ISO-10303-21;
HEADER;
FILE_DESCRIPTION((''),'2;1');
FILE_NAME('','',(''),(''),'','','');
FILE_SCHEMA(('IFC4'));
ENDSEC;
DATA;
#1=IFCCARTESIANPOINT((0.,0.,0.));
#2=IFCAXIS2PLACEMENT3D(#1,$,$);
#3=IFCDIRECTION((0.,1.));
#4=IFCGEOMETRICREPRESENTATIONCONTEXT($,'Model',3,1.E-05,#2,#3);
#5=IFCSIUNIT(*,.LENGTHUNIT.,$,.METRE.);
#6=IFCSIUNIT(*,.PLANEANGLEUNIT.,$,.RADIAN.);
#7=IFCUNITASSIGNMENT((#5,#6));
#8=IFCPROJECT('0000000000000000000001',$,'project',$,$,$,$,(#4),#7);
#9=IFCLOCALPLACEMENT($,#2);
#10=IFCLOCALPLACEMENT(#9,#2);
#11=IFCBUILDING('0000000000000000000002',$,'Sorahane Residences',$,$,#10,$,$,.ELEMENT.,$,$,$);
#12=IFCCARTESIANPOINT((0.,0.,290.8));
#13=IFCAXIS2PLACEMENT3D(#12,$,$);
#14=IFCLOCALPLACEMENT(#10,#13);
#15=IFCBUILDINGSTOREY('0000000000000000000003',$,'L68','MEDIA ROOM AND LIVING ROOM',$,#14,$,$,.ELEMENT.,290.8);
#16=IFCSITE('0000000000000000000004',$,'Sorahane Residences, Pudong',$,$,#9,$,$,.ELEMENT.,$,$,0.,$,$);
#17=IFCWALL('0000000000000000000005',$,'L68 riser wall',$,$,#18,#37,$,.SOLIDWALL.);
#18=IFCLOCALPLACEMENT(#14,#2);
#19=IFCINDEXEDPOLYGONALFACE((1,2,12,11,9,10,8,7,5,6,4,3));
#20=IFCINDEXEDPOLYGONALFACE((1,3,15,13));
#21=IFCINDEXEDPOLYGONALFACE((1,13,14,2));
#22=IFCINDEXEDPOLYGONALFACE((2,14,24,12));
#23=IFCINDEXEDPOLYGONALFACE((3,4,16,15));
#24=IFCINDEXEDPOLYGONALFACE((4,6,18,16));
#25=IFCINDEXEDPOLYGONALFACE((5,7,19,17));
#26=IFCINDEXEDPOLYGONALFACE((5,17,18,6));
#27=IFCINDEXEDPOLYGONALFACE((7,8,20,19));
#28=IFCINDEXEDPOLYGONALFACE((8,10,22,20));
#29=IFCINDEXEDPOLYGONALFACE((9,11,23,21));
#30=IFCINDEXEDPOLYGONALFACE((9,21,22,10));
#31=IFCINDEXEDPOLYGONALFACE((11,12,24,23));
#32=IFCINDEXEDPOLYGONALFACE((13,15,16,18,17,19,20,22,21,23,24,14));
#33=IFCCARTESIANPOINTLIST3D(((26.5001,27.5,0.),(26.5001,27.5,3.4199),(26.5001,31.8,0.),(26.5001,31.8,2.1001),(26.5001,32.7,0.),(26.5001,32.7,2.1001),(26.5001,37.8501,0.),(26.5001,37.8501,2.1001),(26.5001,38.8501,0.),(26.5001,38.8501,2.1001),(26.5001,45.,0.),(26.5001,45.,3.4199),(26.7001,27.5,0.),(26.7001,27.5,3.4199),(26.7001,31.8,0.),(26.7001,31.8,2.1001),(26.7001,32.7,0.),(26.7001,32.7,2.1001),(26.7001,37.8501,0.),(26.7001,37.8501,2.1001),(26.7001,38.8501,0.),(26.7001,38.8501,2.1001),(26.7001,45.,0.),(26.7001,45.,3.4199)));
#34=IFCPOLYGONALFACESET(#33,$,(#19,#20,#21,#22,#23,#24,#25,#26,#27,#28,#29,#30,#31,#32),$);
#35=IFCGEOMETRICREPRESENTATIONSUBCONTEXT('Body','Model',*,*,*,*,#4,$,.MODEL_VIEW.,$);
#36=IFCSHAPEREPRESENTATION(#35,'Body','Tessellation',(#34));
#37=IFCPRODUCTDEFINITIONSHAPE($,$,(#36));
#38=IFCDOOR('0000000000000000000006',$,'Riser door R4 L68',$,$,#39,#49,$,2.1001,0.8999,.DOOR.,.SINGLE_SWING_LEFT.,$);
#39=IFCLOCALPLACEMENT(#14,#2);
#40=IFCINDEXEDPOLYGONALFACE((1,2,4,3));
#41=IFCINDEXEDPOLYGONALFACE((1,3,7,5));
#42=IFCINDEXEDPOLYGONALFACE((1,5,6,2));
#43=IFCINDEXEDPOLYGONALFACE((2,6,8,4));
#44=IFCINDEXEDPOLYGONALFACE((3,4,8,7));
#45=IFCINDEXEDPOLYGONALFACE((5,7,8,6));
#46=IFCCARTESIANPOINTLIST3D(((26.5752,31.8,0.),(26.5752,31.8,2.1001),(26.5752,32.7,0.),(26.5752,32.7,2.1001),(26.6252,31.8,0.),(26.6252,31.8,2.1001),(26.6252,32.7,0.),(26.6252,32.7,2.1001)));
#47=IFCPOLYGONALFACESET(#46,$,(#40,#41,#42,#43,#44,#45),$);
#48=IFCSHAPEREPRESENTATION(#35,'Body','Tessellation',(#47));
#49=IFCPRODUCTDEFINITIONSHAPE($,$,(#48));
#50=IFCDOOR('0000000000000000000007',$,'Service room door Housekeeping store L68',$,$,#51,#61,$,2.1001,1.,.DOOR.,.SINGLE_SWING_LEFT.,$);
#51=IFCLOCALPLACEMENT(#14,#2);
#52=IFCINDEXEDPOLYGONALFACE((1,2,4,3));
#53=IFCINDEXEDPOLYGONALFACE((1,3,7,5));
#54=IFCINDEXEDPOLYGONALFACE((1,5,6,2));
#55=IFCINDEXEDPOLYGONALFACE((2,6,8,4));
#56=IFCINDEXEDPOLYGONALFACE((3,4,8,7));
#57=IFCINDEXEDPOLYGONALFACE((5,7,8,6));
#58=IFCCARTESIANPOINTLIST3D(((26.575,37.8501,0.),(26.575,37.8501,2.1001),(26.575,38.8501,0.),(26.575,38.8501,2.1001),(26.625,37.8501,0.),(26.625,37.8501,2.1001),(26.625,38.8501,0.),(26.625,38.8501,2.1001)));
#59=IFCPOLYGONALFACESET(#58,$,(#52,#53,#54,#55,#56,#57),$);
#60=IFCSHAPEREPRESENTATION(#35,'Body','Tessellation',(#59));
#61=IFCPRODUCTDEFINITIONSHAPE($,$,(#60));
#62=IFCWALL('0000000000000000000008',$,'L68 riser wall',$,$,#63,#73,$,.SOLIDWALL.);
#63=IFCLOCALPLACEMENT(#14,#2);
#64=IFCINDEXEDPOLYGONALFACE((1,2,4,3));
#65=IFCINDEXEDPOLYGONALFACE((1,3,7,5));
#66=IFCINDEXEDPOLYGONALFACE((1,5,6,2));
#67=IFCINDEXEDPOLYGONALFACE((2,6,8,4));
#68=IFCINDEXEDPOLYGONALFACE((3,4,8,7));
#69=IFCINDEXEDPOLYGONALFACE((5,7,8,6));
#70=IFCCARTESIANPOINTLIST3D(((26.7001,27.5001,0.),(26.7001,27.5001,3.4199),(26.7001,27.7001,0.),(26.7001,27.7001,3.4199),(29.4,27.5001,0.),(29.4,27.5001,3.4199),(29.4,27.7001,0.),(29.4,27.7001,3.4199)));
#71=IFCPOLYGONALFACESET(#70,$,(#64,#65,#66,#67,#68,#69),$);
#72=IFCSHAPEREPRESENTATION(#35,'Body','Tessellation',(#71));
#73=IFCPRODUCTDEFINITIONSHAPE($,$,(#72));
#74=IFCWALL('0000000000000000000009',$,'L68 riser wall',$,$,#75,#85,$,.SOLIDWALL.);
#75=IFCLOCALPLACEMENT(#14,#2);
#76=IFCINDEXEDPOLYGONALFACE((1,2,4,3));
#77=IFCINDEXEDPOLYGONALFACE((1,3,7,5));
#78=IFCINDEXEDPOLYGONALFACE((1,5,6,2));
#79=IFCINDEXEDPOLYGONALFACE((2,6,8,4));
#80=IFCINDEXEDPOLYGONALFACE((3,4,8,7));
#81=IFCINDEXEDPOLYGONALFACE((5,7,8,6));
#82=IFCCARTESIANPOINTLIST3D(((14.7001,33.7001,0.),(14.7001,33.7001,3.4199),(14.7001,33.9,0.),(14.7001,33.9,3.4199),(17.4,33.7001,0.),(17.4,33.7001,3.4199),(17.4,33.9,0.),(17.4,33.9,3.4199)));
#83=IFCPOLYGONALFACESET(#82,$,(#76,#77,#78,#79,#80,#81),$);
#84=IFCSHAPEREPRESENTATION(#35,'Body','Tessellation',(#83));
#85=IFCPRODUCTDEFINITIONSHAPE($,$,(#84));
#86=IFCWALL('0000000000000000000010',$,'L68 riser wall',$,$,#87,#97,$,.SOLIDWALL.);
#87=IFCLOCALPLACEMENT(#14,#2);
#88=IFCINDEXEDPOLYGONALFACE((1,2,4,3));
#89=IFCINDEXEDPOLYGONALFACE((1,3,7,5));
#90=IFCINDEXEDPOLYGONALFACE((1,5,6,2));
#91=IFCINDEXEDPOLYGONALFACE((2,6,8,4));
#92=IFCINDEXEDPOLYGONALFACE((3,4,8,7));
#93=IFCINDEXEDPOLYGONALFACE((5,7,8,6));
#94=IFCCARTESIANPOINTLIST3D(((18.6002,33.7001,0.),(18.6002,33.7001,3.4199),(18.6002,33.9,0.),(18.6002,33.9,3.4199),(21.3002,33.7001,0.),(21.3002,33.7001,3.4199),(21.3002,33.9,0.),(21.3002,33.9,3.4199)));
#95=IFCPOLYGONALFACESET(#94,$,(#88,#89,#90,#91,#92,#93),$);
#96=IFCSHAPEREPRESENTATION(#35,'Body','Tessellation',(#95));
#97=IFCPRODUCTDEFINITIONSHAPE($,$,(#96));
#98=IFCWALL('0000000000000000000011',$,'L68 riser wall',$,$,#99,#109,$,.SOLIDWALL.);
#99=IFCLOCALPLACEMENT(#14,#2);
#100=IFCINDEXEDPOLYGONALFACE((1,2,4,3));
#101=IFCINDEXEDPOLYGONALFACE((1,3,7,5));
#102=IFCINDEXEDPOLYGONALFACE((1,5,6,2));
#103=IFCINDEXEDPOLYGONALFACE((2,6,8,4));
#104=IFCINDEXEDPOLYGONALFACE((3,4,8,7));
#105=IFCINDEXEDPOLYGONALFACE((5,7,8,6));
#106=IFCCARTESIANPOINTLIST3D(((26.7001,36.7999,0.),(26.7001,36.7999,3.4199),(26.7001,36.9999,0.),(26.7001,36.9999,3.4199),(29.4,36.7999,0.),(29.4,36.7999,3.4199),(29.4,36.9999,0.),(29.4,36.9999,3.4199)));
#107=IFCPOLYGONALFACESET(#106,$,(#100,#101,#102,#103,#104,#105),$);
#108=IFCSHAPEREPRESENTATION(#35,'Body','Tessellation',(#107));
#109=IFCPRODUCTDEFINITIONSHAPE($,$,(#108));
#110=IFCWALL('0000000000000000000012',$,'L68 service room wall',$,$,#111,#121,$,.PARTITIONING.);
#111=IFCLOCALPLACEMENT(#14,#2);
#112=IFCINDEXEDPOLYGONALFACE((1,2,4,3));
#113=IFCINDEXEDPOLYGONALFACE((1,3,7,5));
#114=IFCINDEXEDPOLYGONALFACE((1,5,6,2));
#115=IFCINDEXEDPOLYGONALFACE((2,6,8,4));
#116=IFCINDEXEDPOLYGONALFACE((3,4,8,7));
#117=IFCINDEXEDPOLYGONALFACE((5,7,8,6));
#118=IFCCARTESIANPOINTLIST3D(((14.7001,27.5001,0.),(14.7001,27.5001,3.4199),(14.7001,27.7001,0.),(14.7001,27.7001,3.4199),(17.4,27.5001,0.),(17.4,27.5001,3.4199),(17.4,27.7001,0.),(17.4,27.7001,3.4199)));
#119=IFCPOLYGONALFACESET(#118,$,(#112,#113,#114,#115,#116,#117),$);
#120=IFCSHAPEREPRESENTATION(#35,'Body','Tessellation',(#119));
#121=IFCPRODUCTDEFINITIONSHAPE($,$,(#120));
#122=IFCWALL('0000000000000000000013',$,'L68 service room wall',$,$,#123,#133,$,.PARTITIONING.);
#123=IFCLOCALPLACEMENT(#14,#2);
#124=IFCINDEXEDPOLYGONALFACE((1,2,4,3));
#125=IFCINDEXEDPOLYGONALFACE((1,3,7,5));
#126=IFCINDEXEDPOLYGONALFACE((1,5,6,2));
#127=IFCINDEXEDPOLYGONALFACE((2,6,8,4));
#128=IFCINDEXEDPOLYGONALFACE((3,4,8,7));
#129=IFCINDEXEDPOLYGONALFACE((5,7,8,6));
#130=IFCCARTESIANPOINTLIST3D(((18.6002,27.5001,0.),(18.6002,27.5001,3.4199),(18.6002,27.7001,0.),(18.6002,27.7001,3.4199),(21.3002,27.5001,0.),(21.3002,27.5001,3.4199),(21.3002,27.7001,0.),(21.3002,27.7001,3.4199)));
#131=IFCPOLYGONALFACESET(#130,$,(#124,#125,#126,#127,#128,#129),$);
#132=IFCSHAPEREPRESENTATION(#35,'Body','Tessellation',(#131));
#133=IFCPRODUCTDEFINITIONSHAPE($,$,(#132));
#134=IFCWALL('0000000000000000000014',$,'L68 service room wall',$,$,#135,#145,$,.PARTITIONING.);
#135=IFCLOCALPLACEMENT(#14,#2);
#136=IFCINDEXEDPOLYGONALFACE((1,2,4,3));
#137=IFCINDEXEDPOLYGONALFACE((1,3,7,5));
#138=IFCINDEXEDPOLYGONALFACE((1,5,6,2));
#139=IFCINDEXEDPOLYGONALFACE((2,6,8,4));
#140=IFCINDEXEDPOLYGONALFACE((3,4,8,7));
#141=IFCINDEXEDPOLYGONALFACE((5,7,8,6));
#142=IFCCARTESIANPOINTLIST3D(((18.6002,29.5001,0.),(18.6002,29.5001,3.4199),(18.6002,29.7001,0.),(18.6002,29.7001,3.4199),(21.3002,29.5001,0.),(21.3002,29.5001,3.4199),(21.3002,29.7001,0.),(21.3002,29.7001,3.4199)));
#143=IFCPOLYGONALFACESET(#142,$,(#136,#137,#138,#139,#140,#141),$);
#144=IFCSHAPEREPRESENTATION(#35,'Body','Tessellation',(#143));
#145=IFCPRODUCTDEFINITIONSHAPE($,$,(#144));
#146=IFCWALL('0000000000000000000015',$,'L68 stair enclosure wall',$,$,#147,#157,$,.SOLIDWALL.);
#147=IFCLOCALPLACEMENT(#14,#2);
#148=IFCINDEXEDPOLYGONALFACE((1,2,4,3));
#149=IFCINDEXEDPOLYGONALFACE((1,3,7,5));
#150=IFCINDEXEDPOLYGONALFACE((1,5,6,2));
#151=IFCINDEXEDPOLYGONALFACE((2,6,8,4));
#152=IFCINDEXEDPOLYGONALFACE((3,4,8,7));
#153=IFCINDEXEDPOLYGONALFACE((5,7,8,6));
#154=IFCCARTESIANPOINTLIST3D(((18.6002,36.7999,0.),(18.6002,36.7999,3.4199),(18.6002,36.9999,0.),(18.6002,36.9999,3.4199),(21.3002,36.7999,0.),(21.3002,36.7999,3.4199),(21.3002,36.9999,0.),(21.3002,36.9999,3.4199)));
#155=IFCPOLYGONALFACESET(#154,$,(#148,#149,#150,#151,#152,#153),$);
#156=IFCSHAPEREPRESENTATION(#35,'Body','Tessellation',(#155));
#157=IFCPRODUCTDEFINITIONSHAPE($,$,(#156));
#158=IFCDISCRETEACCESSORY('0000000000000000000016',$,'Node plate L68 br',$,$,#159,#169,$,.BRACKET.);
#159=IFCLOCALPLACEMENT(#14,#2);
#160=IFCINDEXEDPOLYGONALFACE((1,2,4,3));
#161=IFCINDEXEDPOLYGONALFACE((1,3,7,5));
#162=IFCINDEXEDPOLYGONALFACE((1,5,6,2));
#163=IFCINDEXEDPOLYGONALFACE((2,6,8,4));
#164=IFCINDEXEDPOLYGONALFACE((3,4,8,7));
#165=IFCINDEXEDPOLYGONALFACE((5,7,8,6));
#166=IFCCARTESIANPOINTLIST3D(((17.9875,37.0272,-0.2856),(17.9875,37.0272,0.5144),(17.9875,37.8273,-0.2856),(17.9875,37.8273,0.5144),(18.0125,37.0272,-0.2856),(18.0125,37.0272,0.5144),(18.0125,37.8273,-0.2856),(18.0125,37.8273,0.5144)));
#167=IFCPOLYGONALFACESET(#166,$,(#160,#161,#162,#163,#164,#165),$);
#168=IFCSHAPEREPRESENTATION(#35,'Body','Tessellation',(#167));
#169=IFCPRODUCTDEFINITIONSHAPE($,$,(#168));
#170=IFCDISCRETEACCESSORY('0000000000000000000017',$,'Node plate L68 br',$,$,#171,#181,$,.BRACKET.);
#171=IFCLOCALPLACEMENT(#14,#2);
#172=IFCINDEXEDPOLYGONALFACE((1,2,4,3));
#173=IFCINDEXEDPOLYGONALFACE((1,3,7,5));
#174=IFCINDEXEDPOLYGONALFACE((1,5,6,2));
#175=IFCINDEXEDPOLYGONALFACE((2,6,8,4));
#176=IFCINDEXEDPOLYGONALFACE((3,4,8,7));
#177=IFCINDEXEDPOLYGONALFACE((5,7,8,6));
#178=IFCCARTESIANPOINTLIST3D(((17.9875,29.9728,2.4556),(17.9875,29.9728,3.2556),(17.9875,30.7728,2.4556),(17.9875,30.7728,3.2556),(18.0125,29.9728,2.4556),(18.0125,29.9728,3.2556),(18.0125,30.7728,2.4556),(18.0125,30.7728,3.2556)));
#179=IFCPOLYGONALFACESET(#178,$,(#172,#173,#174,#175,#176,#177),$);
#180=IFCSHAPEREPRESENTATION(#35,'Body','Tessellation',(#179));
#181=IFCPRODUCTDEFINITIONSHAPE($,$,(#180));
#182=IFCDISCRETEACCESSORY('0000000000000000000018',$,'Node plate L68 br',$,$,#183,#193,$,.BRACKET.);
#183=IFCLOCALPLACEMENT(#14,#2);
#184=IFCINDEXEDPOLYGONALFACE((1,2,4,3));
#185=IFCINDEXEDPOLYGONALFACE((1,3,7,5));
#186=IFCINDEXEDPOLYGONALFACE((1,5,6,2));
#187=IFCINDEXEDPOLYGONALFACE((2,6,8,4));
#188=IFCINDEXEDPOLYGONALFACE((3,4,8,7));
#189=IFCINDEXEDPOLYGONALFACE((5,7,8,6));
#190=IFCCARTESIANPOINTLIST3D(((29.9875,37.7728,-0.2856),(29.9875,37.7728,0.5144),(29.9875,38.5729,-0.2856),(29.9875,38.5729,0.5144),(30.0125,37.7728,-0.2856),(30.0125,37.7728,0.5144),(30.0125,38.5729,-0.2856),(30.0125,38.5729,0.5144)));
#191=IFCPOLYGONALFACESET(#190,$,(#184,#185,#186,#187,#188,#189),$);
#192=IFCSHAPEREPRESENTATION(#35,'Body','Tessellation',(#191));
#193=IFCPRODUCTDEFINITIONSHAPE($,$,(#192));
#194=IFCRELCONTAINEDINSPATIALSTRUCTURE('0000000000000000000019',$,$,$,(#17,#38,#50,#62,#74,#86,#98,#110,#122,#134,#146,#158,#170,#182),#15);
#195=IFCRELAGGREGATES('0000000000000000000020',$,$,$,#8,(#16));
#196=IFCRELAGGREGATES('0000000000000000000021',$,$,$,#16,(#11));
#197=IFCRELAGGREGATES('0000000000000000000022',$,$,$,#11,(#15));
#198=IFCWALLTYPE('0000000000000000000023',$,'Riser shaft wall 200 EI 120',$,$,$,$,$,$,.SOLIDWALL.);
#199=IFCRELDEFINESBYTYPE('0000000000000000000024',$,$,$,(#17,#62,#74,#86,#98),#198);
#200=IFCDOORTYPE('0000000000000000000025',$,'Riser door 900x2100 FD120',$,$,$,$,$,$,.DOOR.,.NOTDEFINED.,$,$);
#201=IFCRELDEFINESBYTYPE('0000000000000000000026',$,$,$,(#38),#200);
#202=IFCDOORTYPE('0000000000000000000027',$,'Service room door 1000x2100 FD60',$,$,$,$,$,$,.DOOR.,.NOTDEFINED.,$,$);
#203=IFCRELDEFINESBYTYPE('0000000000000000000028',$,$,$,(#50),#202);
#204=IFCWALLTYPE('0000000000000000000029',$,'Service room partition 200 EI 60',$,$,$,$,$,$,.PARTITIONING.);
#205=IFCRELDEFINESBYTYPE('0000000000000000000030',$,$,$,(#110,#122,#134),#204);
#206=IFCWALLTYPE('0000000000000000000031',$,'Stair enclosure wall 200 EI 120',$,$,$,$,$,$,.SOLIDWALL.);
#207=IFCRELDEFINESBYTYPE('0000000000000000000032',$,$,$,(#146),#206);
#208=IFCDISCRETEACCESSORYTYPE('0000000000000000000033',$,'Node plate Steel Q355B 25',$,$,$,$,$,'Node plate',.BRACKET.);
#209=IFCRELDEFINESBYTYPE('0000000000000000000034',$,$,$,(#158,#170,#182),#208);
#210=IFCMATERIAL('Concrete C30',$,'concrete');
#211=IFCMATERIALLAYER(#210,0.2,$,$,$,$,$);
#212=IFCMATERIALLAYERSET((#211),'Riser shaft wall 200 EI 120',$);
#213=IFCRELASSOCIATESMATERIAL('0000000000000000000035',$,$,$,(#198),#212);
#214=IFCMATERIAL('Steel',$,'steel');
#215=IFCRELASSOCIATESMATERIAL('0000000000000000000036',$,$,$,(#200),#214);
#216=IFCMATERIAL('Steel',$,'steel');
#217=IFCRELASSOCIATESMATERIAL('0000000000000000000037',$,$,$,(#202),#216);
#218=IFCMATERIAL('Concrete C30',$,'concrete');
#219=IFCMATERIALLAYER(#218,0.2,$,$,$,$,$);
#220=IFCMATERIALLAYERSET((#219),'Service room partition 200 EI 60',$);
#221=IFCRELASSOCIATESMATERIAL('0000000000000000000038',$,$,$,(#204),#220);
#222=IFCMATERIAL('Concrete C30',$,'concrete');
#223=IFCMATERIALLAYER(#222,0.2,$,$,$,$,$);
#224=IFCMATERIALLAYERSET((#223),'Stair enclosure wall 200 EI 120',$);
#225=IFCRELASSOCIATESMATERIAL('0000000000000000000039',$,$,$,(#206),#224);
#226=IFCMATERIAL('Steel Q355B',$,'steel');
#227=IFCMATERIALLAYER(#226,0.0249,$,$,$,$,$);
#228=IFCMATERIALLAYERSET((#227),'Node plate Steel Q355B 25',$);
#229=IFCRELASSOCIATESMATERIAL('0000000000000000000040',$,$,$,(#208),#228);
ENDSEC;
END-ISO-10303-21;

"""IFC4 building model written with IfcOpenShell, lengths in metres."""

from ifc_helpers import new_model, si_unit, direction, frame, frame_2d, origin, origin_2d, place, context, subcontext, project, spatial, rectangle, extrude, material, layer, layer_set, type_object, element, fill, save


model = new_model("IFC4")

# Units and contexts
model_context = context("Model", 3, precision=1e-05, world=origin(), true_north=direction((0.0, 1.0)))
body_context = subcontext(model_context, "Body", "Model", "MODEL_VIEW")
ifc_project = project(units=[si_unit("LENGTHUNIT", "METRE"), si_unit("PLANEANGLEUNIT", "RADIAN")], contexts=[model_context])

# Site, building, storey
site_placement = place(None, origin())
site = spatial("IfcSite", under=ifc_project, at=site_placement, Name="Sorahane Residences, Pudong", CompositionType="ELEMENT", RefElevation=0.0)
building_placement = place(site_placement, origin())
building = spatial("IfcBuilding", under=site, at=building_placement, Name="Sorahane Residences", CompositionType="ELEMENT")
storey_placement = place(building_placement, frame((0.0, 0.0, 290.8)))
storey = spatial("IfcBuildingStorey", under=building, at=storey_placement, Name="L68", Description="MEDIA ROOM AND LIVING ROOM", CompositionType="ELEMENT", Elevation=290.8)

# Wall, openings, doors
ifc_material_1 = material(Name="Concrete C30", Category="concrete")
ifc_layer_1 = layer(ifc_material_1, 0.2)
ifc_layer_set_1 = layer_set([ifc_layer_1], Name="Riser shaft wall 200 EI 120")
wall_type_1 = type_object("IfcWallType", Name="Riser shaft wall 200 EI 120", PredefinedType="SOLIDWALL", material=ifc_layer_set_1)
wall_1_placement = place(storey_placement, frame((26.6001, 27.5, 0.0), z_axis=(0.0, 0.0, 1.0), x_axis=(0.0, 1.0, 0.0)))
wall_1 = element("IfcWall", 1, at=wall_1_placement, inside=storey, type_object=wall_type_1, Name="L68 riser wall", PredefinedType="SOLIDWALL", context=body_context, shape_type="SweptSolid", body=[
    extrude(rectangle(XDim=17.5, YDim=0.2, at=frame_2d((8.75, 0.0))), origin(), (0.0, 0.0, 1.0), 3.4199),
])
opening_1_placement = place(wall_1_placement, frame((4.3, 0.0, 0.0)))
opening_1 = element("IfcOpeningElement", 2, at=opening_1_placement, cuts=wall_1, PredefinedType="OPENING", context=body_context, shape_type="SweptSolid", body=[
    extrude(rectangle(XDim=0.8999, YDim=2.1001, at=frame_2d((0.45, 1.05))), frame((0.0, 0.1099, 0.0), z_axis=(0.0, -1.0, 0.0), x_axis=(1.0, 0.0, 0.0)), (0.0, 0.0, 1.0), 0.22),
])
opening_2_placement = place(wall_1_placement, frame((10.3501, 0.0, 0.0)))
opening_2 = element("IfcOpeningElement", 3, at=opening_2_placement, cuts=wall_1, PredefinedType="OPENING", context=body_context, shape_type="SweptSolid", body=[
    extrude(rectangle(XDim=1.0, YDim=2.1001, at=frame_2d((0.5, 1.05))), frame((0.0, 0.1099, 0.0), z_axis=(0.0, -1.0, 0.0), x_axis=(1.0, 0.0, 0.0)), (0.0, 0.0, 1.0), 0.22),
])
ifc_material_2 = material(Name="Steel", Category="steel")
door_type_1 = type_object("IfcDoorType", Name="Riser door 900x2100 FD120", OperationType="NOTDEFINED", PredefinedType="DOOR", material=ifc_material_2)
door_1_placement = place(opening_1_placement, origin())
door_1 = element("IfcDoor", 4, at=door_1_placement, inside=storey, type_object=door_type_1, Name="Riser door R4 L68", OperationType="SINGLE_SWING_LEFT", OverallHeight=2.1001, OverallWidth=0.8999, PredefinedType="DOOR", context=body_context, shape_type="SweptSolid", body=[
    extrude(rectangle(XDim=0.8999, YDim=2.1001, at=frame_2d((0.45, 1.05))), frame((0.0, 0.0249, 0.0), z_axis=(0.0, -1.0, 0.0), x_axis=(1.0, 0.0, 0.0)), (0.0, 0.0, 1.0), 0.05),
])
fill(opening_1, door_1)
ifc_material_3 = material(Name="Steel", Category="steel")
door_type_2 = type_object("IfcDoorType", Name="Service room door 1000x2100 FD60", OperationType="NOTDEFINED", PredefinedType="DOOR", material=ifc_material_3)
door_2_placement = place(opening_2_placement, frame((1.0, 0.0, 0.0), z_axis=(0.0, 0.0, 1.0), x_axis=(-1.0, 0.0, 0.0)))
door_2 = element("IfcDoor", 5, at=door_2_placement, inside=storey, type_object=door_type_2, Name="Service room door Housekeeping store L68", OperationType="SINGLE_SWING_LEFT", OverallHeight=2.1001, OverallWidth=1.0, PredefinedType="DOOR", context=body_context, shape_type="SweptSolid", body=[
    extrude(rectangle(XDim=1.0, YDim=2.1001, at=frame_2d((0.5, 1.05))), frame((0.0, 0.0249, 0.0), z_axis=(0.0, -1.0, 0.0), x_axis=(1.0, 0.0, 0.0)), (0.0, 0.0, 1.0), 0.05),
])
fill(opening_2, door_2)

# Walls
for number, where, z_axis, x_axis, name in (
    (6, (26.7, 27.6001, 0.0), (0.0, 0.0, 1.0), (1.0, 0.0, 0.0), "L68 riser wall"),
    (7, (14.7, 33.8, 0.0), (0.0, 0.0, 1.0), (1.0, 0.0, 0.0), "L68 riser wall"),
    (8, (18.6001, 33.8, 0.0), (0.0, 0.0, 1.0), (1.0, 0.0, 0.0), "L68 riser wall"),
    (9, (26.7, 36.8999, 0.0), (0.0, 0.0, 1.0), (1.0, 0.0, 0.0), "L68 riser wall"),
):
    element("IfcWall", number, at=place(storey_placement, frame(where, z_axis=z_axis, x_axis=x_axis)), inside=storey, type_object=wall_type_1, Name=name, PredefinedType="SOLIDWALL", context=body_context, shape_type="SweptSolid", body=[
        extrude(rectangle(XDim=2.7, YDim=0.2, at=frame_2d((1.3501, 0.0))), origin(), (0.0, 0.0, 1.0), 3.4199),
    ])
ifc_material_4 = material(Name="Concrete C30", Category="concrete")
ifc_layer_2 = layer(ifc_material_4, 0.2)
ifc_layer_set_2 = layer_set([ifc_layer_2], Name="Service room partition 200 EI 60")
wall_type_2 = type_object("IfcWallType", Name="Service room partition 200 EI 60", PredefinedType="PARTITIONING", material=ifc_layer_set_2)
for number, where, z_axis, x_axis, name in (
    (10, (14.7, 27.6001, 0.0), (0.0, 0.0, 1.0), (1.0, 0.0, 0.0), "L68 service room wall"),
    (11, (18.6001, 27.6001, 0.0), (0.0, 0.0, 1.0), (1.0, 0.0, 0.0), "L68 service room wall"),
    (12, (18.6001, 29.6001, 0.0), (0.0, 0.0, 1.0), (1.0, 0.0, 0.0), "L68 service room wall"),
):
    element("IfcWall", number, at=place(storey_placement, frame(where, z_axis=z_axis, x_axis=x_axis)), inside=storey, type_object=wall_type_2, Name=name, PredefinedType="PARTITIONING", context=body_context, shape_type="SweptSolid", body=[
        extrude(rectangle(XDim=2.7, YDim=0.2, at=frame_2d((1.3501, 0.0))), origin(), (0.0, 0.0, 1.0), 3.4199),
    ])
ifc_material_5 = material(Name="Concrete C30", Category="concrete")
ifc_layer_3 = layer(ifc_material_5, 0.2)
ifc_layer_set_3 = layer_set([ifc_layer_3], Name="Stair enclosure wall 200 EI 120")
wall_type_3 = type_object("IfcWallType", Name="Stair enclosure wall 200 EI 120", PredefinedType="SOLIDWALL", material=ifc_layer_set_3)
wall_2_placement = place(storey_placement, frame((18.6001, 36.8999, 0.0), z_axis=(0.0, 0.0, 1.0), x_axis=(1.0, 0.0, 0.0)))
element("IfcWall", 13, at=wall_2_placement, inside=storey, type_object=wall_type_3, Name="L68 stair enclosure wall", PredefinedType="SOLIDWALL", context=body_context, shape_type="SweptSolid", body=[
    extrude(rectangle(XDim=2.7, YDim=0.2, at=frame_2d((1.3501, 0.0))), origin(), (0.0, 0.0, 1.0), 3.4199),
])

# Discrete accessories
ifc_material_6 = material(Name="Steel Q355B", Category="steel")
ifc_layer_4 = layer(ifc_material_6, 0.0249)
ifc_layer_set_4 = layer_set([ifc_layer_4], Name="Node plate Steel Q355B 25")
discrete_accessory_type = type_object("IfcDiscreteAccessoryType", Name="Node plate Steel Q355B 25", ElementType="Node plate", PredefinedType="BRACKET", material=ifc_layer_set_4)
for number, where, z_axis, x_axis, name in (
    (14, (18.0, 37.4272, -0.2856), (0.0, 0.0, 1.0), (0.0, 1.0, 0.0), "Node plate L68 br"),
    (15, (18.0, 30.3728, 2.4556), (0.0, 0.0, 1.0), (0.0, 1.0, 0.0), "Node plate L68 br"),
    (16, (30.0, 38.1729, -0.2856), (0.0, 0.0, 1.0), (0.0, 1.0, 0.0), "Node plate L68 br"),
):
    element("IfcDiscreteAccessory", number, at=place(storey_placement, frame(where, z_axis=z_axis, x_axis=x_axis)), inside=storey, type_object=discrete_accessory_type, Name=name, PredefinedType="BRACKET", context=body_context, shape_type="SweptSolid", body=[
        extrude(rectangle(XDim=0.8, YDim=0.0249, at=origin_2d()), origin(), (0.0, 0.0, 1.0), 0.8),
    ])

save(model, "model.ifc")
